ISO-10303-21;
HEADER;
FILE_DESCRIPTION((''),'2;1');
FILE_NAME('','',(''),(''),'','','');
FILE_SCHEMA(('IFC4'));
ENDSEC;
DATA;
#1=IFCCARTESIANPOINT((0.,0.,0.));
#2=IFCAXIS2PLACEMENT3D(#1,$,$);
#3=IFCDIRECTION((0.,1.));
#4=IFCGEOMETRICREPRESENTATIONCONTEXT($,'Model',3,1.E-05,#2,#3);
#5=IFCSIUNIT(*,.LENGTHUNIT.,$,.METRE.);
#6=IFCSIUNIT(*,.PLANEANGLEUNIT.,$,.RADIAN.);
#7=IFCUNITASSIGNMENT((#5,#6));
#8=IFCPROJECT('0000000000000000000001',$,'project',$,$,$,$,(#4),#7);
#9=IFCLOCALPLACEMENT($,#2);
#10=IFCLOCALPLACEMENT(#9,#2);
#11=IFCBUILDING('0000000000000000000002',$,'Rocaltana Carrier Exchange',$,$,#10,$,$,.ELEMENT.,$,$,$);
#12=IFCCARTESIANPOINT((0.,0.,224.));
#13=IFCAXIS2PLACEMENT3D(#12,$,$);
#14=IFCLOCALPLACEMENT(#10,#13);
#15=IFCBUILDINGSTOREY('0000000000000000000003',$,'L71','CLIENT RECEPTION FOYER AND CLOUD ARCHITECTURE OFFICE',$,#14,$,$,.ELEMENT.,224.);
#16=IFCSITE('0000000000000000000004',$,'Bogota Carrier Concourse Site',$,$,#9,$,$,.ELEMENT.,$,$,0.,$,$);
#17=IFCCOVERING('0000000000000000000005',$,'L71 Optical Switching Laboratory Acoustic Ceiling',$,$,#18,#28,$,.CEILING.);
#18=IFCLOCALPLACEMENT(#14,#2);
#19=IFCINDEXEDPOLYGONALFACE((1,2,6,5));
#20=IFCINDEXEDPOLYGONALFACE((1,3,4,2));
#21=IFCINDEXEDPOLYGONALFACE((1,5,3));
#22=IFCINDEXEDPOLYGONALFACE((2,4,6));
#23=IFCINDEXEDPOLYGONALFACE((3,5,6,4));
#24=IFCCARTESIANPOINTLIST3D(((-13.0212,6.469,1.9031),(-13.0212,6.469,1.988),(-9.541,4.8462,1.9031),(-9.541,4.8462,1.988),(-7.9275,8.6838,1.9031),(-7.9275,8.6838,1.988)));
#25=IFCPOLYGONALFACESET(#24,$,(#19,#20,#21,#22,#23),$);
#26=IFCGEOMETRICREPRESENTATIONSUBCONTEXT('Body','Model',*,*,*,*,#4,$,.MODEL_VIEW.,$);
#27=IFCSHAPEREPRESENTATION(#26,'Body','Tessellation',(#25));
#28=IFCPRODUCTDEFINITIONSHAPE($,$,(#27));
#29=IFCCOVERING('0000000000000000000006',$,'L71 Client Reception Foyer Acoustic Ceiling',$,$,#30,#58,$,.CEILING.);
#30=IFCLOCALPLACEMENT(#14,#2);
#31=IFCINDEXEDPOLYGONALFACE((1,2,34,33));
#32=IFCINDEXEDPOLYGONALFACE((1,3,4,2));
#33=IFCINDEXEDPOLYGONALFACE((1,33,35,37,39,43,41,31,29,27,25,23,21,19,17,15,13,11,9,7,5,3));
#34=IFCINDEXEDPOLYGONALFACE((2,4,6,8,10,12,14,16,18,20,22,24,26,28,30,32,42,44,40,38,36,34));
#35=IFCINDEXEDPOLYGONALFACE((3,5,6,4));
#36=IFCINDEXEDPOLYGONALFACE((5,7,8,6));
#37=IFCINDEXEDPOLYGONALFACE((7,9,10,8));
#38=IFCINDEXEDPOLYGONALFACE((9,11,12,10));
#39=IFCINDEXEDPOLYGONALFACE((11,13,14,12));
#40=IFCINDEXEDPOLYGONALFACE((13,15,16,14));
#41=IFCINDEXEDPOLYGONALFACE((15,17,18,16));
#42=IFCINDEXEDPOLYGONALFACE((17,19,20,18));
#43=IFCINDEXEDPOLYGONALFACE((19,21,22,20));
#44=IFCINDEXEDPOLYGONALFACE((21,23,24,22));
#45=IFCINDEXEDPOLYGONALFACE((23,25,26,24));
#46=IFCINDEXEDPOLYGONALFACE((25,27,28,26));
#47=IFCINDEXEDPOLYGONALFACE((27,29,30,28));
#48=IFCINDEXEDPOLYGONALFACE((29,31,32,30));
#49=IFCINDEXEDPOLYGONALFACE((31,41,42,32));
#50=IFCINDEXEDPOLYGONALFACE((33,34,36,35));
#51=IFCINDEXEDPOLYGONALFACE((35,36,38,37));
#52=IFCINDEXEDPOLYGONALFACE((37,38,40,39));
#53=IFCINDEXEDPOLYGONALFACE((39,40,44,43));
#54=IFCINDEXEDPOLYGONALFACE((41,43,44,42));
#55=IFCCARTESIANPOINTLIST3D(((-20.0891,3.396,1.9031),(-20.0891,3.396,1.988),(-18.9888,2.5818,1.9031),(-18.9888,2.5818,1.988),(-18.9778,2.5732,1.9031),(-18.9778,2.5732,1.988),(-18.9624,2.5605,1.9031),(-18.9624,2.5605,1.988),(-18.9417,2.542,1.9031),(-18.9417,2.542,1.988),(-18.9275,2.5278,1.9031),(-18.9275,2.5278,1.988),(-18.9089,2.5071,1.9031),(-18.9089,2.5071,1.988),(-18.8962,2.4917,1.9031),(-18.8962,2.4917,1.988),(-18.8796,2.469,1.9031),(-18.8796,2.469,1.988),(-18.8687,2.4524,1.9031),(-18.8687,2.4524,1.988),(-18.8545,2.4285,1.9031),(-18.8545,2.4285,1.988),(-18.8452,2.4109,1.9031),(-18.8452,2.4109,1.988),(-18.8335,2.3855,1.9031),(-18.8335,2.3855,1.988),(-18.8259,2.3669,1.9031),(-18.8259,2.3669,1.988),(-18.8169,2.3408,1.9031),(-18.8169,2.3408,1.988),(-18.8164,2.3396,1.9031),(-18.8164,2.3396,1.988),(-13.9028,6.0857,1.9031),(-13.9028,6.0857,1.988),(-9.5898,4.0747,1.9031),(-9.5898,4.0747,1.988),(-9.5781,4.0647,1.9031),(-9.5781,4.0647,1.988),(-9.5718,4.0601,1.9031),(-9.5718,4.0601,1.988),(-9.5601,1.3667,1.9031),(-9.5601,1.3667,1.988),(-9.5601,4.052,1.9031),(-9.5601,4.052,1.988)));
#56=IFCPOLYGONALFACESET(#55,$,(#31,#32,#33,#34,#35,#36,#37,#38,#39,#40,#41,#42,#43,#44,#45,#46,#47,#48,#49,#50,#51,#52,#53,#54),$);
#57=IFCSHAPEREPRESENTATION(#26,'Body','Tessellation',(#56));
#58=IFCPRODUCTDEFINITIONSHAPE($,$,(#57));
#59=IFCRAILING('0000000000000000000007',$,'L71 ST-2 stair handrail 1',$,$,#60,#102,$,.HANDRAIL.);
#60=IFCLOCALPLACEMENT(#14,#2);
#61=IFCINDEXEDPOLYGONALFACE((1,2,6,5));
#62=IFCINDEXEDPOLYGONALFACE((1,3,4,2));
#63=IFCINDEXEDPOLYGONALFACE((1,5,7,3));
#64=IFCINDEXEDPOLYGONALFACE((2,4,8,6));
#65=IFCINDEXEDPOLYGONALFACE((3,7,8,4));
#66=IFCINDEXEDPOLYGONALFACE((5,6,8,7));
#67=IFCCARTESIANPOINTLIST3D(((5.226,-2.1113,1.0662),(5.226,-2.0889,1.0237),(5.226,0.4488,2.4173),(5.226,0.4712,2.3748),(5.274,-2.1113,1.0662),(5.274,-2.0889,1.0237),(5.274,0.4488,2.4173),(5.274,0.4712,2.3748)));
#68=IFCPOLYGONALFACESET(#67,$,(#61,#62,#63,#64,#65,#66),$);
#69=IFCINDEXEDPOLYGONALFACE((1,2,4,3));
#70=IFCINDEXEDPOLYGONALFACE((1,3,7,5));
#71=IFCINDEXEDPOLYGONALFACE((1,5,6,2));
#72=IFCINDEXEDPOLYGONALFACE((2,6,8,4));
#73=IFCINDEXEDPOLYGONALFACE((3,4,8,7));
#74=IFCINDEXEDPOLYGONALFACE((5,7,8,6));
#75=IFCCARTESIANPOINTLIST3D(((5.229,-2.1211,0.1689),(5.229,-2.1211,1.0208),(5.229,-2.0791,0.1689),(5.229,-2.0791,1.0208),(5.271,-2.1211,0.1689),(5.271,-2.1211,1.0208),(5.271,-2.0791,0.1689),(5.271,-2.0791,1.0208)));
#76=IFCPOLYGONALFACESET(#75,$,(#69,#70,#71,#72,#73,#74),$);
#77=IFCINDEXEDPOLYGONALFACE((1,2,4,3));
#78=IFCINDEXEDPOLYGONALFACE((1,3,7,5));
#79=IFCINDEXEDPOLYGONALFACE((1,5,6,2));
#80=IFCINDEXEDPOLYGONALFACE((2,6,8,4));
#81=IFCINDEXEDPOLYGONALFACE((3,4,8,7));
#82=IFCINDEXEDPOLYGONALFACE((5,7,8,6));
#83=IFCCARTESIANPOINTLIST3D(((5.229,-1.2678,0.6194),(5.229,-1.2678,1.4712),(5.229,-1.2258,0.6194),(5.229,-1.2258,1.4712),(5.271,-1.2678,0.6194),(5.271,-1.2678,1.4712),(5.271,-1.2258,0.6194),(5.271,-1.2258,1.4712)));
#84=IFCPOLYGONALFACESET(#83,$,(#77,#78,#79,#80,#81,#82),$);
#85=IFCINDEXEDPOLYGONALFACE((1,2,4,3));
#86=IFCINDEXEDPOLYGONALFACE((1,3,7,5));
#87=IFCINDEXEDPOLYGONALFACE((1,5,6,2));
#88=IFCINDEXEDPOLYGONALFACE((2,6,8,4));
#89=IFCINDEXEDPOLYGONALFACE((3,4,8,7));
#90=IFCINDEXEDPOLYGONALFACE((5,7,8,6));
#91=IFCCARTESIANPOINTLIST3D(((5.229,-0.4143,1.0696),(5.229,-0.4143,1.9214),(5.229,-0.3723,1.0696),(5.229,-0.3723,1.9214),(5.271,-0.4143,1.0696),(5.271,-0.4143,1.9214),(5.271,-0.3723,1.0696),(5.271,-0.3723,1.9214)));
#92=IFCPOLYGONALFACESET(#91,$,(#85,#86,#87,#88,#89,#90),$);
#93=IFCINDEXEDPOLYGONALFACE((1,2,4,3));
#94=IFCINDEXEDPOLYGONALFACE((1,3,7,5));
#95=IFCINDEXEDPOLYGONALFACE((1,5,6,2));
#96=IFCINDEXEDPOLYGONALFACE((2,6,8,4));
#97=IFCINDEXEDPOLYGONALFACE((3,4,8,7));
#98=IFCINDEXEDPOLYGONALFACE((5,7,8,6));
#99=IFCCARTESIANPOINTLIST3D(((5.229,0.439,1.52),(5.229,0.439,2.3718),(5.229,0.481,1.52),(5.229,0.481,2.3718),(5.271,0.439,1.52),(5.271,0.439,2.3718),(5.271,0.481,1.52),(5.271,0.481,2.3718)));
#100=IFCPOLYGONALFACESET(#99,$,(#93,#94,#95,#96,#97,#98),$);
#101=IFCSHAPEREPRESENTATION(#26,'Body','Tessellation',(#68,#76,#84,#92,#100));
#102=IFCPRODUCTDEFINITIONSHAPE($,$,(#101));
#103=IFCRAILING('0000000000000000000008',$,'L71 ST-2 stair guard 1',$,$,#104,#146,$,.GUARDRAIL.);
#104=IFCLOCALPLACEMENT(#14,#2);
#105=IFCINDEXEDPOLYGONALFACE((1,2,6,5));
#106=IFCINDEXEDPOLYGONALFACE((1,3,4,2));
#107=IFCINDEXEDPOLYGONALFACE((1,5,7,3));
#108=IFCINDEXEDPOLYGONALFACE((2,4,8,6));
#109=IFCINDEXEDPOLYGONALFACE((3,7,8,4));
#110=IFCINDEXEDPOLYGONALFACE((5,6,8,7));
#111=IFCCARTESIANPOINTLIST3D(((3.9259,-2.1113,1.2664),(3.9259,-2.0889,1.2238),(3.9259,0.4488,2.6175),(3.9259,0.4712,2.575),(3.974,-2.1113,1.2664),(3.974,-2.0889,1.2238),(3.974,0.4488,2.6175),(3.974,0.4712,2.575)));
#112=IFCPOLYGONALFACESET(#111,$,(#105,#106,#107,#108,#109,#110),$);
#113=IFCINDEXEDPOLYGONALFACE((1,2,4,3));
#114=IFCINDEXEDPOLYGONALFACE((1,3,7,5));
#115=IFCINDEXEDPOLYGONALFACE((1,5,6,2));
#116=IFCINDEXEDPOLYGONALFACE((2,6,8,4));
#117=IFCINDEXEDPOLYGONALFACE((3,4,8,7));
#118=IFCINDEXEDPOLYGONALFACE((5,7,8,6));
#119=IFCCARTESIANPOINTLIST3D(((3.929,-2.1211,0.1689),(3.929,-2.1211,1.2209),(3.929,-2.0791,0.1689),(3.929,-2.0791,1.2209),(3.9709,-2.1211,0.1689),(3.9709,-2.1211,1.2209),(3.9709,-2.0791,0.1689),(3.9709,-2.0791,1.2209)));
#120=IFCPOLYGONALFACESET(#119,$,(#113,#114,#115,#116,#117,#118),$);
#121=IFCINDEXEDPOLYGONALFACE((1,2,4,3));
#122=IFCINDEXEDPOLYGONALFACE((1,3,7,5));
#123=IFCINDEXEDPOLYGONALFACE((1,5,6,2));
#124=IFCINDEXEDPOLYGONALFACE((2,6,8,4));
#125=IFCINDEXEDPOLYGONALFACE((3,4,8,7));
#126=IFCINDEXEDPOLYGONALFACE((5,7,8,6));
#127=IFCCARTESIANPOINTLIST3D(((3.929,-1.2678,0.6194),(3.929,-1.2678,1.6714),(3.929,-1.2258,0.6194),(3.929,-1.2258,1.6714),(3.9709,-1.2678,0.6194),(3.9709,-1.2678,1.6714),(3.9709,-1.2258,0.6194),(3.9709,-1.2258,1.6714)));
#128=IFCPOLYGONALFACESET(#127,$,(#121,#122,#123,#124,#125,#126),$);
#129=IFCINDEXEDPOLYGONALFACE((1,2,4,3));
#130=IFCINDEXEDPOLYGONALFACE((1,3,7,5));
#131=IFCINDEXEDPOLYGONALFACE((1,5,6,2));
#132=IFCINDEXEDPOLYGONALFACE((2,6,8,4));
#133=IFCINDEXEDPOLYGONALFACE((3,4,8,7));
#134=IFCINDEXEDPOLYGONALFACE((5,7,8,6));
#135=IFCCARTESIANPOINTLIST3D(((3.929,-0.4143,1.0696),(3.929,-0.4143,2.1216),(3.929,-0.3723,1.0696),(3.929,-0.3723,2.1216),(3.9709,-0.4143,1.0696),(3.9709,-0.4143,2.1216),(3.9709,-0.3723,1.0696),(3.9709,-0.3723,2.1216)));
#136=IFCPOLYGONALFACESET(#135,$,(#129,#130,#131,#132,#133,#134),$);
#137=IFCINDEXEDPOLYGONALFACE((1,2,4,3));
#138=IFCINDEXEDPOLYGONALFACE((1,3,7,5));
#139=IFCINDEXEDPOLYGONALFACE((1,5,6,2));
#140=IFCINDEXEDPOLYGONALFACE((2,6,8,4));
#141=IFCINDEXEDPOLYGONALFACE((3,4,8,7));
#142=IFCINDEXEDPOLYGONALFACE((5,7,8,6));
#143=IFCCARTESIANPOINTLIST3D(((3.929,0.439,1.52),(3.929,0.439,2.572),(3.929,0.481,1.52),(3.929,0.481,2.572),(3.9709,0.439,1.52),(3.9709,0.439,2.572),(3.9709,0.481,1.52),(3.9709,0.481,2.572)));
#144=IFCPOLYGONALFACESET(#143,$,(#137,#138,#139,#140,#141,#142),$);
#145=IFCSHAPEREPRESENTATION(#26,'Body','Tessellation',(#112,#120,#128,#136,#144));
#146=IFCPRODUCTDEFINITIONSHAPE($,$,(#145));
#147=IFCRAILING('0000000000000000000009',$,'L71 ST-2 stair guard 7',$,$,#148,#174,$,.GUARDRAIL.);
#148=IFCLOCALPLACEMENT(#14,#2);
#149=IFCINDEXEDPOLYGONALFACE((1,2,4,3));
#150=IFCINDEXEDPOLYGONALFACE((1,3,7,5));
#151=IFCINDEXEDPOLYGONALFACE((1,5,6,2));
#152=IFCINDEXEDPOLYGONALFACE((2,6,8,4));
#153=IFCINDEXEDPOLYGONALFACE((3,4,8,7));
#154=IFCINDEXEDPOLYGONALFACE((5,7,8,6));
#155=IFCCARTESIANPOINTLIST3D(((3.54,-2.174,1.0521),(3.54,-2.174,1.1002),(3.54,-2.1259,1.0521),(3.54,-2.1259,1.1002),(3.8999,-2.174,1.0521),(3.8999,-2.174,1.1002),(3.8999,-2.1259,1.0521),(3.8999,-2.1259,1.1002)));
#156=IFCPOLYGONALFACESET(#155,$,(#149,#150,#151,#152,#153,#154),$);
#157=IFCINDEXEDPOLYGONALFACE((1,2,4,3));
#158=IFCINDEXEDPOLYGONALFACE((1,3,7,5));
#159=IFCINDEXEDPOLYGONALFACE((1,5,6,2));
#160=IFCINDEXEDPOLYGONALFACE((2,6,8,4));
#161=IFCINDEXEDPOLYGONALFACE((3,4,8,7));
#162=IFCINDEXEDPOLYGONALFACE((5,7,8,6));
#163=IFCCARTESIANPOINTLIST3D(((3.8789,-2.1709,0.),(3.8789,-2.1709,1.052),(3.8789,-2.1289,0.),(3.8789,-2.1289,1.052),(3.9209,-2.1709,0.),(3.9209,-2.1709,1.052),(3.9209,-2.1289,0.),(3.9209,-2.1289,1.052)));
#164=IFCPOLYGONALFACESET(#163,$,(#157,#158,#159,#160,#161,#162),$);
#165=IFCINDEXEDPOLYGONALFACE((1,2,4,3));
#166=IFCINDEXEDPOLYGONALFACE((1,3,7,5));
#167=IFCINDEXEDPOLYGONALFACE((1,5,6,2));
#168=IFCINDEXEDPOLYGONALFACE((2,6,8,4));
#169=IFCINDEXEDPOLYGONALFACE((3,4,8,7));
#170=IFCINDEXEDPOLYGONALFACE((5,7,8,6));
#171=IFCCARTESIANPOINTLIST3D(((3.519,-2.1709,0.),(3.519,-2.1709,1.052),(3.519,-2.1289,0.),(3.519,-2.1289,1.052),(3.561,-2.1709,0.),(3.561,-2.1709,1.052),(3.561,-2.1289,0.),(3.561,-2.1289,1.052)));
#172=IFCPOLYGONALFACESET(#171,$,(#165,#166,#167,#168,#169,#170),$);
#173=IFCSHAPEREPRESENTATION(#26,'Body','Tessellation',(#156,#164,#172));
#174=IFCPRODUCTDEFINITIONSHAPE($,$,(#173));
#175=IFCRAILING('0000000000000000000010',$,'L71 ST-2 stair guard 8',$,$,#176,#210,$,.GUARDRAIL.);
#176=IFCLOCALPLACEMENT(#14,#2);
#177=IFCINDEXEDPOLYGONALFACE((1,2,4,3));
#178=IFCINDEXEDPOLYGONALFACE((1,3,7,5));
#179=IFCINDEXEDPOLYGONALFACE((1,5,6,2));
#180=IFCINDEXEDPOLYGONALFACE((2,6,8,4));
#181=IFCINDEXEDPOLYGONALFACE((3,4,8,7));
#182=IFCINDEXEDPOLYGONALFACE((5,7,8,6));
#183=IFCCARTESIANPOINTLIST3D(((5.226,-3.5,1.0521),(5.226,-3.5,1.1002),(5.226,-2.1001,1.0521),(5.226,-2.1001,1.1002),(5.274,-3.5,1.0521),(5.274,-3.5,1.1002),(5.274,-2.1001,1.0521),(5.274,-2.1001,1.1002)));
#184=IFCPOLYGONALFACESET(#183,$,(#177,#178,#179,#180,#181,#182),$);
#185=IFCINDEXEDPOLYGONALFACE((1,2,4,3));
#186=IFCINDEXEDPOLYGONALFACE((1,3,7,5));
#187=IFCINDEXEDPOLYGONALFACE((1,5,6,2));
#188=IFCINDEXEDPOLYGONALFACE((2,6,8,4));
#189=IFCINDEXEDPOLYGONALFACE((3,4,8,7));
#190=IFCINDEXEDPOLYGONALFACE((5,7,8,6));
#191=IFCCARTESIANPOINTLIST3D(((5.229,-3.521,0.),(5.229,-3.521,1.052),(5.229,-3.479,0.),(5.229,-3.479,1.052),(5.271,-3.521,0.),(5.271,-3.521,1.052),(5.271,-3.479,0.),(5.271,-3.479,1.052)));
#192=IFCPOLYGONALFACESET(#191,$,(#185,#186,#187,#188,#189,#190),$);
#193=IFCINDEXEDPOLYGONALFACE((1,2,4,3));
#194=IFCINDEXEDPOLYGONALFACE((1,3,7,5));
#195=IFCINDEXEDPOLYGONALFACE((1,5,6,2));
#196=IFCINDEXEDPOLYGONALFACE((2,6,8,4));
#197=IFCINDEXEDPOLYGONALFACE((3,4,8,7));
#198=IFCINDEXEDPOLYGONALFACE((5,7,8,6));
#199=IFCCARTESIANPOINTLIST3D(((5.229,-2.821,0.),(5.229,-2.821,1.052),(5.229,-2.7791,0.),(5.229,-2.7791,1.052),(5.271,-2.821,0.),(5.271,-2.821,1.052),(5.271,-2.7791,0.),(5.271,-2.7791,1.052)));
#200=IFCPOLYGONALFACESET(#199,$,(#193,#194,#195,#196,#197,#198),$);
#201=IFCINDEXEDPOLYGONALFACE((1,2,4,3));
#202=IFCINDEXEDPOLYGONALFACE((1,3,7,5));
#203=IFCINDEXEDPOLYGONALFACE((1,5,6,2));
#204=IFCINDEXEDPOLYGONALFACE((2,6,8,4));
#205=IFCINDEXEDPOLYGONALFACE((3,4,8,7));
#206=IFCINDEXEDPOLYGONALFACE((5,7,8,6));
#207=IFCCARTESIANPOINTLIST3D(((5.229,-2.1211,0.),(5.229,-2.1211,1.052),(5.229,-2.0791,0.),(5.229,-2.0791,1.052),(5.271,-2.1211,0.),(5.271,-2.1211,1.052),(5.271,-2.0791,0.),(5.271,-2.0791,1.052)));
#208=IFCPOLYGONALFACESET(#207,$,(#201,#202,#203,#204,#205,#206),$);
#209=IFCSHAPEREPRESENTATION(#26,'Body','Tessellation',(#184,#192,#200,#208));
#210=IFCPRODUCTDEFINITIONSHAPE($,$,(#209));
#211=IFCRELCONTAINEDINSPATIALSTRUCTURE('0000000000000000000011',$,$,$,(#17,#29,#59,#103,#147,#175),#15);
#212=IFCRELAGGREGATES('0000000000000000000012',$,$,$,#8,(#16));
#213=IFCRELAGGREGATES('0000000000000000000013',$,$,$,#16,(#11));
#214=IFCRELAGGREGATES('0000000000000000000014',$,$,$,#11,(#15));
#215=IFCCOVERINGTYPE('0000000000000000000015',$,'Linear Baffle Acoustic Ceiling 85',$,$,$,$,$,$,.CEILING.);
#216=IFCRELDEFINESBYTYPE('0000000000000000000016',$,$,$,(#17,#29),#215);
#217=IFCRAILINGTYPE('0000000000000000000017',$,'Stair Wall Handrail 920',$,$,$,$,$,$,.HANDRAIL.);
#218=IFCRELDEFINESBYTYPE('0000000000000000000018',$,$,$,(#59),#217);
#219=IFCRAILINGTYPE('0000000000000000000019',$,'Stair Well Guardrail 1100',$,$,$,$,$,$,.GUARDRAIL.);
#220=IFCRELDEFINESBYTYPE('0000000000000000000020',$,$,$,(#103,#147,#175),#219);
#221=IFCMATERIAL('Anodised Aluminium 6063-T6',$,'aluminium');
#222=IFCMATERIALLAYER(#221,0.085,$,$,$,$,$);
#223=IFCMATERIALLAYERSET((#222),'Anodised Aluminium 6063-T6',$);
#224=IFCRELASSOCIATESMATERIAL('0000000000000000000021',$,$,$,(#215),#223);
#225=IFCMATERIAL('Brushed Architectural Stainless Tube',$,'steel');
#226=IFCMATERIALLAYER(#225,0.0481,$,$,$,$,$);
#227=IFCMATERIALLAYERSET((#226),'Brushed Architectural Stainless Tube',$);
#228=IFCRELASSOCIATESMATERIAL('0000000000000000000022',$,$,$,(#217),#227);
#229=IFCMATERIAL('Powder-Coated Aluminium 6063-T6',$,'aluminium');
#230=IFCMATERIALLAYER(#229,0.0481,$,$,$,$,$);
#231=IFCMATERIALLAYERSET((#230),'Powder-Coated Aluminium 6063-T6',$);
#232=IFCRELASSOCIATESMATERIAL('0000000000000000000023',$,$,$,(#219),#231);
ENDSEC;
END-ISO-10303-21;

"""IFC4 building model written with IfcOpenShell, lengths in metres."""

from ifc_helpers import new_model, si_unit, direction, frame, origin, origin_2d, place, context, subcontext, project, spatial, polyline, rectangle, outline, extrude, material, layer, layer_set, type_object, element, save


model = new_model("IFC4")

# Units and contexts
model_context = context("Model", 3, precision=1e-05, world=origin(), true_north=direction((0.0, 1.0)))
body_context = subcontext(model_context, "Body", "Model", "MODEL_VIEW")
ifc_project = project(units=[si_unit("LENGTHUNIT", "METRE"), si_unit("PLANEANGLEUNIT", "RADIAN")], contexts=[model_context])

# Site, building, storey
site_placement = place(None, origin())
site = spatial("IfcSite", under=ifc_project, at=site_placement, Name="Bogota Carrier Concourse Site", CompositionType="ELEMENT", RefElevation=0.0)
building_placement = place(site_placement, origin())
building = spatial("IfcBuilding", under=site, at=building_placement, Name="Rocaltana Carrier Exchange", CompositionType="ELEMENT")
storey_placement = place(building_placement, frame((0.0, 0.0, 224.0)))
storey = spatial("IfcBuildingStorey", under=building, at=storey_placement, Name="L71", Description="CLIENT RECEPTION FOYER AND CLOUD ARCHITECTURE OFFICE", CompositionType="ELEMENT", Elevation=224.0)

# Coverings
ifc_material_1 = material(Name="Anodised Aluminium 6063-T6", Category="aluminium")
ifc_layer_1 = layer(ifc_material_1, 0.085)
ifc_layer_set_1 = layer_set([ifc_layer_1], Name="Anodised Aluminium 6063-T6")
covering_type_1 = type_object("IfcCoveringType", Name="Linear Baffle Acoustic Ceiling 85", PredefinedType="CEILING", material=ifc_layer_set_1)
covering_1_placement = place(storey_placement, frame((0.0, 0.0, 1.9031)))
element("IfcCovering", 1, at=covering_1_placement, inside=storey, type_object=covering_type_1, Name="L71 Optical Switching Laboratory Acoustic Ceiling", PredefinedType="CEILING", context=body_context, shape_type="SweptSolid", body=[
    extrude(outline(polyline([(-7.9275, 8.6838), (-9.541, 4.8462), (-13.0212, 6.469), (-7.9275, 8.6838)])), origin(), (0.0, 0.0, 1.0), 0.085),
])
covering_2_placement = place(storey_placement, frame((0.0, 0.0, 1.9031)))
element("IfcCovering", 2, at=covering_2_placement, inside=storey, type_object=covering_type_1, Name="L71 Client Reception Foyer Acoustic Ceiling", PredefinedType="CEILING", context=body_context, shape_type="SweptSolid", body=[
    extrude(outline(polyline([(-18.8164, 2.3396), (-18.8169, 2.3408), (-18.8259, 2.3669), (-18.8335, 2.3855), (-18.8452, 2.4109), (-18.8545, 2.4285), (-18.8687, 2.4524), (-18.8796, 2.469), (-18.8962, 2.4917), (-18.9089, 2.5071), (-18.9275, 2.5278), (-18.9417, 2.542), (-18.9624, 2.5605), (-18.9778, 2.5732), (-18.9888, 2.5818), (-20.0891, 3.396), (-13.9028, 6.0857), (-9.5898, 4.0747), (-9.5781, 4.0647), (-9.5718, 4.0601), (-9.5601, 4.052), (-9.5601, 1.3667), (-18.8164, 2.3396)])), origin(), (0.0, 0.0, 1.0), 0.085),
])

# Railings
ifc_material_2 = material(Name="Brushed Architectural Stainless Tube", Category="steel")
ifc_layer_2 = layer(ifc_material_2, 0.0481)
ifc_layer_set_2 = layer_set([ifc_layer_2], Name="Brushed Architectural Stainless Tube")
railing_type_1 = type_object("IfcRailingType", Name="Stair Wall Handrail 920", PredefinedType="HANDRAIL", material=ifc_layer_set_2)
railing_1_placement = place(storey_placement, frame((5.25, -2.1001, 0.1689)))
element("IfcRailing", 3, at=railing_1_placement, inside=storey, type_object=railing_type_1, Name="L71 ST-2 stair handrail 1", PredefinedType="HANDRAIL", context=body_context, shape_type="SweptSolid", body=[
    extrude(rectangle(XDim=0.0481, YDim=0.0481, at=origin_2d()), frame((0.0, 0.0, 0.876), z_axis=(0.0, 0.884394, 0.46674), x_axis=(-1.0, 0.0, 0.0)), (0.0, 0.0, 1.0), 2.8948),
    extrude(rectangle(XDim=0.042, YDim=0.042, at=origin_2d()), origin(), (0.0, 0.0, 1.0), 0.8518),
    extrude(rectangle(XDim=0.042, YDim=0.042, at=origin_2d()), frame((0.0, 0.8533, 0.4504)), (0.0, 0.0, 1.0), 0.8518),
    extrude(rectangle(XDim=0.042, YDim=0.042, at=origin_2d()), frame((0.0, 1.7068, 0.9006)), (0.0, 0.0, 1.0), 0.8518),
    extrude(rectangle(XDim=0.042, YDim=0.042, at=origin_2d()), frame((0.0, 2.5601, 1.3511)), (0.0, 0.0, 1.0), 0.8518),
])
ifc_material_3 = material(Name="Powder-Coated Aluminium 6063-T6", Category="aluminium")
ifc_layer_3 = layer(ifc_material_3, 0.0481)
ifc_layer_set_3 = layer_set([ifc_layer_3], Name="Powder-Coated Aluminium 6063-T6")
railing_type_2 = type_object("IfcRailingType", Name="Stair Well Guardrail 1100", PredefinedType="GUARDRAIL", material=ifc_layer_set_3)
railing_2_placement = place(storey_placement, frame((3.95, -2.1001, 0.1689)))
element("IfcRailing", 4, at=railing_2_placement, inside=storey, type_object=railing_type_2, Name="L71 ST-2 stair guard 1", PredefinedType="GUARDRAIL", context=body_context, shape_type="SweptSolid", body=[
    extrude(rectangle(XDim=0.0481, YDim=0.0481, at=origin_2d()), frame((0.0, 0.0, 1.0762), z_axis=(0.0, 0.884394, 0.46674), x_axis=(-1.0, 0.0, 0.0)), (0.0, 0.0, 1.0), 2.8948),
    extrude(rectangle(XDim=0.042, YDim=0.042, at=origin_2d()), origin(), (0.0, 0.0, 1.0), 1.052),
    extrude(rectangle(XDim=0.042, YDim=0.042, at=origin_2d()), frame((0.0, 0.8533, 0.4504)), (0.0, 0.0, 1.0), 1.052),
    extrude(rectangle(XDim=0.042, YDim=0.042, at=origin_2d()), frame((0.0, 1.7068, 0.9006)), (0.0, 0.0, 1.0), 1.052),
    extrude(rectangle(XDim=0.042, YDim=0.042, at=origin_2d()), frame((0.0, 2.5601, 1.3511)), (0.0, 0.0, 1.0), 1.052),
])
railing_3_placement = place(storey_placement, frame((3.8999, -2.1499, 0.0)))
element("IfcRailing", 5, at=railing_3_placement, inside=storey, type_object=railing_type_2, Name="L71 ST-2 stair guard 7", PredefinedType="GUARDRAIL", context=body_context, shape_type="SweptSolid", body=[
    extrude(rectangle(XDim=0.0481, YDim=0.0481, at=origin_2d()), frame((0.0, 0.0, 1.0762), z_axis=(-1.0, 0.0, 0.0), x_axis=(0.0, -1.0, 0.0)), (0.0, 0.0, 1.0), 0.3599),
    extrude(rectangle(XDim=0.042, YDim=0.042, at=origin_2d()), origin(), (0.0, 0.0, 1.0), 1.052),
    extrude(rectangle(XDim=0.042, YDim=0.042, at=origin_2d()), frame((-0.3599, 0.0, 0.0)), (0.0, 0.0, 1.0), 1.052),
])
for number, where, name in (
    (6, (5.25, -3.5, 0.0), "L71 ST-2 stair guard 8"),
):
    element("IfcRailing", number, at=place(storey_placement, frame(where)), inside=storey, type_object=railing_type_2, Name=name, PredefinedType="GUARDRAIL", context=body_context, shape_type="SweptSolid", body=[
        extrude(rectangle(XDim=0.0481, YDim=0.0481, at=origin_2d()), frame((0.0, 0.0, 1.0762), z_axis=(0.0, 1.0, 0.0), x_axis=(-1.0, 0.0, 0.0)), (0.0, 0.0, 1.0), 1.3999),
        extrude(rectangle(XDim=0.042, YDim=0.042, at=origin_2d()), origin(), (0.0, 0.0, 1.0), 1.052),
        extrude(rectangle(XDim=0.042, YDim=0.042, at=origin_2d()), frame((0.0, 0.7, 0.0)), (0.0, 0.0, 1.0), 1.052),
        extrude(rectangle(XDim=0.042, YDim=0.042, at=origin_2d()), frame((0.0, 1.3999, 0.0)), (0.0, 0.0, 1.0), 1.052),
    ])

save(model, "model.ifc")
